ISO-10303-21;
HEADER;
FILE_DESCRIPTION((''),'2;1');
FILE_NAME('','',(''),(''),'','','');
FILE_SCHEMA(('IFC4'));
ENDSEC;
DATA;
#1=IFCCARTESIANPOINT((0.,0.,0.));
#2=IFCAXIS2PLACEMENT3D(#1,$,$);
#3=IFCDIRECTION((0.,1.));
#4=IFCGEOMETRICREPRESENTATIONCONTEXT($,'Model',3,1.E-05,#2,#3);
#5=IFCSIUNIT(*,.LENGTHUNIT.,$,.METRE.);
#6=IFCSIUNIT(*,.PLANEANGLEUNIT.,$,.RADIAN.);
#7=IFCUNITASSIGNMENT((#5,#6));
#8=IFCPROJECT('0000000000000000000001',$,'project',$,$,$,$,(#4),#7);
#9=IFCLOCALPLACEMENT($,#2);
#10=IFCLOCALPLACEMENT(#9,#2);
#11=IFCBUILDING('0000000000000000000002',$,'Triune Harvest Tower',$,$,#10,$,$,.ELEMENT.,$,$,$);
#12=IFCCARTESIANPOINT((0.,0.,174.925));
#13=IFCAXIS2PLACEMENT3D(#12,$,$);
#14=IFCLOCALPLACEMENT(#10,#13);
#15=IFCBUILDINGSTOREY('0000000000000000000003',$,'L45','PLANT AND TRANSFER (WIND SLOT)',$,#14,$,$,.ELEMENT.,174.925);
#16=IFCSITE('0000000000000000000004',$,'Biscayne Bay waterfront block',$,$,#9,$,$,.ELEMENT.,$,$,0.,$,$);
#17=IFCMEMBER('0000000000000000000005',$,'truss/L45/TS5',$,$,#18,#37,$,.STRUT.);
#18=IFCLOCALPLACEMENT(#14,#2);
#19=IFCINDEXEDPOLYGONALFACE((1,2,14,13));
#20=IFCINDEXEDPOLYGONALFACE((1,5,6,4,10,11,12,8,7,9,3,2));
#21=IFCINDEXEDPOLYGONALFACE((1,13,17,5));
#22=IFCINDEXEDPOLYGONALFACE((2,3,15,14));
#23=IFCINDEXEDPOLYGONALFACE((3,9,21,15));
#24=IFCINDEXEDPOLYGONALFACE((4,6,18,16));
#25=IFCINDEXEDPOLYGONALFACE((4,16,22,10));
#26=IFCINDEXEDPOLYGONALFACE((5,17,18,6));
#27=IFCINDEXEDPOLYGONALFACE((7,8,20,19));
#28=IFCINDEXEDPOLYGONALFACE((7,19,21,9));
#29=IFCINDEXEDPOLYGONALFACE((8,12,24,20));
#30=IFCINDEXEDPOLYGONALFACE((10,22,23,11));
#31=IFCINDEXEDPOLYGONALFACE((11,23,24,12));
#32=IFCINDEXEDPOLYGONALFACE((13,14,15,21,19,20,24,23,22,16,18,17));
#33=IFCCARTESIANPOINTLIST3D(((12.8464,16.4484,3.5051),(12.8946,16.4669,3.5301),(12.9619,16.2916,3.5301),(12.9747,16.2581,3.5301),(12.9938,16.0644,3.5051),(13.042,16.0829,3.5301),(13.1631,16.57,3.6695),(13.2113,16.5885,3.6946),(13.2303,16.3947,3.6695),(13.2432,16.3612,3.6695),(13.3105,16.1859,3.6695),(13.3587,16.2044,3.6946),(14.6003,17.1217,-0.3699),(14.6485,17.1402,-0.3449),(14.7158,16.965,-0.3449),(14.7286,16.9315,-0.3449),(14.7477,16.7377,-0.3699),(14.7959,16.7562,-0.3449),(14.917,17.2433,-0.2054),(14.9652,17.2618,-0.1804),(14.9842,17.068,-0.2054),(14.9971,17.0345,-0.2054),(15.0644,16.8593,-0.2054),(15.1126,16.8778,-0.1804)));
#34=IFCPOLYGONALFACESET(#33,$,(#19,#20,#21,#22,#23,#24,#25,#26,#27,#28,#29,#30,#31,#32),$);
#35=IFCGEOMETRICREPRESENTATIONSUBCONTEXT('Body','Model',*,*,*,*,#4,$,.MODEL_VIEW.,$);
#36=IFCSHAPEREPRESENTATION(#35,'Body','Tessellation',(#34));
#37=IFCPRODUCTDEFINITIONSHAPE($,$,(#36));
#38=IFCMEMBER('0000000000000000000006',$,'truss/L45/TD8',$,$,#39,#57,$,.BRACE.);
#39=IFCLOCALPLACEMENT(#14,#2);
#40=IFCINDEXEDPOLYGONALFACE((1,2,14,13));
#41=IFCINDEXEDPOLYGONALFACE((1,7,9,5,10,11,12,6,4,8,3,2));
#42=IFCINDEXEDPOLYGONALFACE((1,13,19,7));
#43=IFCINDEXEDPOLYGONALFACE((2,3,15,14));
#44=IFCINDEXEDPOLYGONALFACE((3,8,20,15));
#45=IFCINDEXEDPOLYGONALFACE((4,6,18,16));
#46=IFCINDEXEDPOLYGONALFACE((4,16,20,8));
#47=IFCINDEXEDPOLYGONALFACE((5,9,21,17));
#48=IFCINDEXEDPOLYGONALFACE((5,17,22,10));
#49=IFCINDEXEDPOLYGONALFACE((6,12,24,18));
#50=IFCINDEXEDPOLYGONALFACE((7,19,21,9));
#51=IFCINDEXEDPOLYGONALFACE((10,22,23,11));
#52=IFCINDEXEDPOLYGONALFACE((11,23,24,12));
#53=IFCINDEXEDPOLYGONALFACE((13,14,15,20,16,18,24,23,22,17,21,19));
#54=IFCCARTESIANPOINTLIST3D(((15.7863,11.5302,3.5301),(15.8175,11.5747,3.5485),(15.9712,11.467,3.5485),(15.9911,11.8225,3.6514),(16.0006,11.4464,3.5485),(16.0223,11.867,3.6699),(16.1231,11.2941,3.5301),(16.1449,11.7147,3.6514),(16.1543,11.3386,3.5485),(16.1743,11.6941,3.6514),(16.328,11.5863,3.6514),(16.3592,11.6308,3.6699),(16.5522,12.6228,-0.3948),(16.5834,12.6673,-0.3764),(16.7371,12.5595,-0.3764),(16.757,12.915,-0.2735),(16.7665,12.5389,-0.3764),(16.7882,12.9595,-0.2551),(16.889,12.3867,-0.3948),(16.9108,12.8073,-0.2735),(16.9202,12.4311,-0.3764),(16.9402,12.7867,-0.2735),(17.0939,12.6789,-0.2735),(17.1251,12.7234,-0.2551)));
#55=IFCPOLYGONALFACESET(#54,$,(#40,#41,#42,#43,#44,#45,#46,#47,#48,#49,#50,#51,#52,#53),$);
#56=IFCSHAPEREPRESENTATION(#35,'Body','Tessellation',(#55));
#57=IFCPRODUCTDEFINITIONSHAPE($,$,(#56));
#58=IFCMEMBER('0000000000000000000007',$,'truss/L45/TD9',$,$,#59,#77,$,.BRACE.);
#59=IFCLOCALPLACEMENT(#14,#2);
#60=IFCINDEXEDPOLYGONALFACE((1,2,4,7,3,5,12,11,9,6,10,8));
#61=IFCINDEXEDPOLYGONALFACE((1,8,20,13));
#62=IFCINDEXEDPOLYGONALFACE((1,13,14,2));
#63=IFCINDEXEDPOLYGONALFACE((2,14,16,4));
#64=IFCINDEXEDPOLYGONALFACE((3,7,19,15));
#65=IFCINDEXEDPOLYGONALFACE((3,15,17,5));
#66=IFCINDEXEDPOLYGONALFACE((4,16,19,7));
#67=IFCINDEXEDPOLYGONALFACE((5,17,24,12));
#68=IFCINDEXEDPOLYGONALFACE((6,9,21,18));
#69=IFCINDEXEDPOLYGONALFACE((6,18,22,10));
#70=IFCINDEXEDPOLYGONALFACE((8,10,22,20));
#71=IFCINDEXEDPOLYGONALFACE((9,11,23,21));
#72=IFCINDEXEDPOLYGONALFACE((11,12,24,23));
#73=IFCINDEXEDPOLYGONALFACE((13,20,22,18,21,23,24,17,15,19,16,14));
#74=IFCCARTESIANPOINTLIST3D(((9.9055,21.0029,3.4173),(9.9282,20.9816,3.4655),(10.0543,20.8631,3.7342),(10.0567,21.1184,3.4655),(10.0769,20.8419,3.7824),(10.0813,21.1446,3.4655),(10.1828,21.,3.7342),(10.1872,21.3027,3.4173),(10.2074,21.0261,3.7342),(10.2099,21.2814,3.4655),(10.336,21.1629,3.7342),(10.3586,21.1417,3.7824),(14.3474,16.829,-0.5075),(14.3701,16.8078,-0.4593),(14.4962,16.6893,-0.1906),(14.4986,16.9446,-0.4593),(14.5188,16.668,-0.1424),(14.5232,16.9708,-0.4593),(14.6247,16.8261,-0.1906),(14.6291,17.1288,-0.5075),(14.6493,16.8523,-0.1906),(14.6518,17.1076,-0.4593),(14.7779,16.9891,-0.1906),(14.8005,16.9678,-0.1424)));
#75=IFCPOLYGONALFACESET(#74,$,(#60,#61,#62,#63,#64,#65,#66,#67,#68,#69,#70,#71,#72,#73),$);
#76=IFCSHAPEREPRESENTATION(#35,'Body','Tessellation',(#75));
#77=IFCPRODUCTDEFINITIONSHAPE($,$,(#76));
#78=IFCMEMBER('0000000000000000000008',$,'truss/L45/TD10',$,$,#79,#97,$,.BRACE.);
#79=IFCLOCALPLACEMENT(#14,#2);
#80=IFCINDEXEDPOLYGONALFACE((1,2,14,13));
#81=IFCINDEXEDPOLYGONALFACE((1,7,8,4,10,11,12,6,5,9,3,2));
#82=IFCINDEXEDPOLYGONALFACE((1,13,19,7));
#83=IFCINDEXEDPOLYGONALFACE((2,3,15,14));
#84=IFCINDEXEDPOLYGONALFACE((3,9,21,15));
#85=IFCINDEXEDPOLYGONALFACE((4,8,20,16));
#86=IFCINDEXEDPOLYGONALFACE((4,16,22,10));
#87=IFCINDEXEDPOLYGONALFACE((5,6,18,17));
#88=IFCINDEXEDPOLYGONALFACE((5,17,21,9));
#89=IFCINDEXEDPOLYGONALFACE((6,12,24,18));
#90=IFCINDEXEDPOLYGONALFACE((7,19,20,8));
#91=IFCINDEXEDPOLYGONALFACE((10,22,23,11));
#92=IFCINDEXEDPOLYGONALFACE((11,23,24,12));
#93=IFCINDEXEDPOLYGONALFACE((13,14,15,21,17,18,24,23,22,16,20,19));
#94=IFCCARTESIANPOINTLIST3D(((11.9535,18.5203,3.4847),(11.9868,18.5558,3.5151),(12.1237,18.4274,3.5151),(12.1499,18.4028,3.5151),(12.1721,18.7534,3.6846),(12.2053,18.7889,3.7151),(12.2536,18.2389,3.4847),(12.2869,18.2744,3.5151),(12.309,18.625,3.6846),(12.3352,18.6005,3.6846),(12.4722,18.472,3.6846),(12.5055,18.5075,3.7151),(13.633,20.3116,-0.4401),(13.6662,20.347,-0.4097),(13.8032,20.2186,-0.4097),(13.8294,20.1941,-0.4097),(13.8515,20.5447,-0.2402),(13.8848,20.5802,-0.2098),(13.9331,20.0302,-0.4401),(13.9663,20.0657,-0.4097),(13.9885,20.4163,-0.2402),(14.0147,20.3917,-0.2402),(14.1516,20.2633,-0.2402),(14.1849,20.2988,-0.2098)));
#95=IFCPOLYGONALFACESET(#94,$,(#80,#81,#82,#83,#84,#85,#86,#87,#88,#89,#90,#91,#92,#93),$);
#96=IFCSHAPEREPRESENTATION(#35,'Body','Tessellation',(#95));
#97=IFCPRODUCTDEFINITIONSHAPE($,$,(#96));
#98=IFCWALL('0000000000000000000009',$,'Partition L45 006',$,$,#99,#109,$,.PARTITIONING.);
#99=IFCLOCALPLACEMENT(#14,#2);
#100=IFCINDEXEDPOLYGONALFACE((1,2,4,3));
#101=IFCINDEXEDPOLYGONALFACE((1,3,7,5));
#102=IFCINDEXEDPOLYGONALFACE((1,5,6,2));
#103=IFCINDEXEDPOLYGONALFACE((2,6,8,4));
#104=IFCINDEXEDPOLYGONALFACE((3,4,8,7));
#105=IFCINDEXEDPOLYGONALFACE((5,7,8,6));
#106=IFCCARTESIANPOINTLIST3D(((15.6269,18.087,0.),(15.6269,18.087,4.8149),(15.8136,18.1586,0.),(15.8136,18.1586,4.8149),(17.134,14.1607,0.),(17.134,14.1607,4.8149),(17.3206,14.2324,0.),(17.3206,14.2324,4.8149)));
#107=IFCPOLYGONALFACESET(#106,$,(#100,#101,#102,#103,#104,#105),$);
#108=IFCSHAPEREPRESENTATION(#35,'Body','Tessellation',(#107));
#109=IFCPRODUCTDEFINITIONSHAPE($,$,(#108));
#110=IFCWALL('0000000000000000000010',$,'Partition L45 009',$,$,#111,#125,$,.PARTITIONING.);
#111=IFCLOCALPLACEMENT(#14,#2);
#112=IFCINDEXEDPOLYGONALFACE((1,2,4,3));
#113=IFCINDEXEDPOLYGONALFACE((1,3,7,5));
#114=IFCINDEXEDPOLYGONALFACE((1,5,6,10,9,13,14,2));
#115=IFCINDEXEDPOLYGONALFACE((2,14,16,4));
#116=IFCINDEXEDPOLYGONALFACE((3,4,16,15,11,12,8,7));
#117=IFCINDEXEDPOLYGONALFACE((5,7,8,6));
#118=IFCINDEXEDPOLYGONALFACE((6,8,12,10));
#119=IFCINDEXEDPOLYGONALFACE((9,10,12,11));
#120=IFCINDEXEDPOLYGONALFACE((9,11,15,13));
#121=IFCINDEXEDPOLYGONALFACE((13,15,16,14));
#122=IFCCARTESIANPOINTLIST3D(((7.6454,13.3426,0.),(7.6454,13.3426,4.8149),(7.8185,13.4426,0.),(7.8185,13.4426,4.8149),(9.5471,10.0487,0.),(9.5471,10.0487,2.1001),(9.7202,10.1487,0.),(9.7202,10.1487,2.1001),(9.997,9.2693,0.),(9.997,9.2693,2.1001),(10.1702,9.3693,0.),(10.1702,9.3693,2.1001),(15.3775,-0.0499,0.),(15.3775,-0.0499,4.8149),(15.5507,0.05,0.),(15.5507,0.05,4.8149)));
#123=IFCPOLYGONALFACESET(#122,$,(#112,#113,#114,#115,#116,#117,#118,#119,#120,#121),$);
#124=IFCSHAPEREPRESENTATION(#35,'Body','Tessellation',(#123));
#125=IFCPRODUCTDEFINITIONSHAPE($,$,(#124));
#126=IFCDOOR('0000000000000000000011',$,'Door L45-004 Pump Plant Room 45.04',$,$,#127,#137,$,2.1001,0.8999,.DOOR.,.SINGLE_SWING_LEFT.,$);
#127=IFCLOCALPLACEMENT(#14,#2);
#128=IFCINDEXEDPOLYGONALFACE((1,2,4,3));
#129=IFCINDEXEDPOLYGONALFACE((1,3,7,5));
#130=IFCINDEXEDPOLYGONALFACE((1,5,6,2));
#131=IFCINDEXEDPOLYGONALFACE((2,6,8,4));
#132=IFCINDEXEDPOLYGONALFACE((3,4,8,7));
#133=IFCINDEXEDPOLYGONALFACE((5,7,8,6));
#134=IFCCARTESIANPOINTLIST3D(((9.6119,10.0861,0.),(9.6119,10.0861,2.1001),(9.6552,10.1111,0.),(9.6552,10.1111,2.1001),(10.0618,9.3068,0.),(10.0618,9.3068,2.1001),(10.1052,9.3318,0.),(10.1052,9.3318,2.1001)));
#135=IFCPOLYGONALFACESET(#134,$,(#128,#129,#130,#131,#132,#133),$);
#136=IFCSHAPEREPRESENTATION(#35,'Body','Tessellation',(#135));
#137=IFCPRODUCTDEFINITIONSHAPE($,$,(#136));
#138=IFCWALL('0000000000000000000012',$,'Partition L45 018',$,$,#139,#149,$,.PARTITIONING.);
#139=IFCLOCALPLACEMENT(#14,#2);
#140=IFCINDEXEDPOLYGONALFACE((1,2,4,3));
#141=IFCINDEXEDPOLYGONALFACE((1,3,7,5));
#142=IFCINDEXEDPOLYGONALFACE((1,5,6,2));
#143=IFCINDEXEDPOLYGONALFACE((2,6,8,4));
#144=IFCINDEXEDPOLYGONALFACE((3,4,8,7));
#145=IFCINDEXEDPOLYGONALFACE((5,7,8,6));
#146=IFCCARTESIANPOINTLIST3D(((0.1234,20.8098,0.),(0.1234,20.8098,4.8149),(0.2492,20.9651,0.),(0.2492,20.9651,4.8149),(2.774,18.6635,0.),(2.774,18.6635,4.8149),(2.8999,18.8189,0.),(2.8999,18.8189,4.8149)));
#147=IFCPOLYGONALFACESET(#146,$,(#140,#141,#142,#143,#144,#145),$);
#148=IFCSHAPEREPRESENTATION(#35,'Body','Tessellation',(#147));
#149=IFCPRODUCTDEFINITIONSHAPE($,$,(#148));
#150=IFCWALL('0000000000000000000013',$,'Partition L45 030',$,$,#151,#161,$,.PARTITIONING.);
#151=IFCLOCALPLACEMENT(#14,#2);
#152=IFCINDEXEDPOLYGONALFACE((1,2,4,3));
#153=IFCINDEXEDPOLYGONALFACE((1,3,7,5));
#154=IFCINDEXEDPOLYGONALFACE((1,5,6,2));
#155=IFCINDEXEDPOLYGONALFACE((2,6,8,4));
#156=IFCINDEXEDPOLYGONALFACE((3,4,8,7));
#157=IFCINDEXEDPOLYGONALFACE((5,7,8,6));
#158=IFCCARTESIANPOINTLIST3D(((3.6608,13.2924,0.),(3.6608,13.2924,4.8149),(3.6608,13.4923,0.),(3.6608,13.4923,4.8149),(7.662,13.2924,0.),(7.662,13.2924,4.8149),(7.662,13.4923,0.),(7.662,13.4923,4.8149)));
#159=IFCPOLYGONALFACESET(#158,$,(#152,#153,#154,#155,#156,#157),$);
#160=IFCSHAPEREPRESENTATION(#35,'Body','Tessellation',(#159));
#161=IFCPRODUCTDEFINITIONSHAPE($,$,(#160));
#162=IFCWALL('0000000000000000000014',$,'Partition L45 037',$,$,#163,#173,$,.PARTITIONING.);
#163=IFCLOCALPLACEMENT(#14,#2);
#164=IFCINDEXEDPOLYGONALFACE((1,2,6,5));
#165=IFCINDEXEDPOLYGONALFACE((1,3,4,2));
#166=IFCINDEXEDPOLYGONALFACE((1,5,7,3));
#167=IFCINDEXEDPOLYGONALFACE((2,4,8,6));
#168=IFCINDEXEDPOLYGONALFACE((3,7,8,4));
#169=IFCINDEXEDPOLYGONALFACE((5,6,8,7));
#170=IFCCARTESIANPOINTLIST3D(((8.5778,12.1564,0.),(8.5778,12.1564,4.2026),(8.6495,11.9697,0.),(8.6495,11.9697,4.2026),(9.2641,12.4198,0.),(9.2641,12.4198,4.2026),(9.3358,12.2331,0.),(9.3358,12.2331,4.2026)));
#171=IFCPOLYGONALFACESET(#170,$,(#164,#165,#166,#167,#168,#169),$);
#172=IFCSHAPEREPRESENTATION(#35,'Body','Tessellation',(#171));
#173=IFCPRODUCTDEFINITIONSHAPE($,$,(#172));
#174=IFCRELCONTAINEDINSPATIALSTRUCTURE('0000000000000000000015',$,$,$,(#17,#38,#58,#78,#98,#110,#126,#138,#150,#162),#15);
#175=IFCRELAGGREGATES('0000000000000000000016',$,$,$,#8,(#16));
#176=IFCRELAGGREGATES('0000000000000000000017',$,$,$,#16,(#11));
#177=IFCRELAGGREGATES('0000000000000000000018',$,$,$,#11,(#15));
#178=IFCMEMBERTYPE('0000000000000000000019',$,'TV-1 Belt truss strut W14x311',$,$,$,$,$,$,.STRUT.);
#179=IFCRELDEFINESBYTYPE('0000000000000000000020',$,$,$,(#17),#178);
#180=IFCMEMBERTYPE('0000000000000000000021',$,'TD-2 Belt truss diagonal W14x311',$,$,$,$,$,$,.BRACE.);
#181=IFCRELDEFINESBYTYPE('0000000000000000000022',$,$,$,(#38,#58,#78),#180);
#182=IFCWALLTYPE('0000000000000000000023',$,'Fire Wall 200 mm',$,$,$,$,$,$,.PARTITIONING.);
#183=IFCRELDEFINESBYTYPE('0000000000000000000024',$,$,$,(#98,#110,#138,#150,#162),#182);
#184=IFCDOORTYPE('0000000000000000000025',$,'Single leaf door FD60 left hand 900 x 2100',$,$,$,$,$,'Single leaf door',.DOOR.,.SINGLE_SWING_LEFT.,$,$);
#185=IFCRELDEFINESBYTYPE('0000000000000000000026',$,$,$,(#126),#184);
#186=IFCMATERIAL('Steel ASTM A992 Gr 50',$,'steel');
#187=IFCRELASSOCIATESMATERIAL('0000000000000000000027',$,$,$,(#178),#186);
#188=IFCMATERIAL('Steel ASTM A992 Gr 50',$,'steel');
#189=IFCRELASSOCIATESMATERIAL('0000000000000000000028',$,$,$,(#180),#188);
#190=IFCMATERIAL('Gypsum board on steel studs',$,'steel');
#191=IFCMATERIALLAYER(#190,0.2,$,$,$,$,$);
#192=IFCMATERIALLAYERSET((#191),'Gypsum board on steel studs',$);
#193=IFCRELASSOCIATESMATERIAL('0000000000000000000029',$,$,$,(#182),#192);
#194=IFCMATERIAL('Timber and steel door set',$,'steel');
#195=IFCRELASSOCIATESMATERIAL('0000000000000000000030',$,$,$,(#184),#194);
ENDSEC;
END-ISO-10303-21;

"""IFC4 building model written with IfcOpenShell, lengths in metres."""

from ifc_helpers import new_model, si_unit, direction, frame, frame_2d, origin, origin_2d, place, context, subcontext, project, spatial, rectangle, i_section, extrude, source, transform, mapped, material, layer, layer_set, material_profile, profile_set, type_object, element, fill, save


model = new_model("IFC4")

# Units and contexts
model_context = context("Model", 3, precision=1e-05, world=origin(), true_north=direction((0.0, 1.0)))
body_context = subcontext(model_context, "Body", "Model", "MODEL_VIEW")
ifc_project = project(units=[si_unit("LENGTHUNIT", "METRE"), si_unit("PLANEANGLEUNIT", "RADIAN")], contexts=[model_context])

# Site, building, storey
site_placement = place(None, origin())
site = spatial("IfcSite", under=ifc_project, at=site_placement, Name="Biscayne Bay waterfront block", CompositionType="ELEMENT", RefElevation=0.0)
building_placement = place(site_placement, origin())
building = spatial("IfcBuilding", under=site, at=building_placement, Name="Triune Harvest Tower", CompositionType="ELEMENT")
storey_placement = place(building_placement, frame((0.0, 0.0, 174.925)))
storey = spatial("IfcBuildingStorey", under=building, at=storey_placement, Name="L45", Description="PLANT AND TRANSFER (WIND SLOT)", CompositionType="ELEMENT", Elevation=174.925)

# Members
ifc_material_1 = material(Name="Steel ASTM A992 Gr 50", Category="steel")
ifc_material_profile_1 = material_profile(ifc_material_1, i_section(OverallWidth=0.4114, OverallDepth=0.4343, WebThickness=0.0359, FlangeThickness=0.0574, at=origin_2d()), Name="W14x311")
ifc_profile_set_1 = profile_set([ifc_material_profile_1], Name="Steel ASTM A992 Gr 50")
member_type_1 = type_object("IfcMemberType", Name="TV-1 Belt truss strut W14x311", PredefinedType="STRUT", material=ifc_profile_set_1)
shared_shape_1 = source(origin(), body_context, "Body", "SweptSolid", [
    extrude(i_section(OverallWidth=0.4114, OverallDepth=0.4343, WebThickness=0.0359, FlangeThickness=0.0574, at=origin_2d()), origin(), (0.0, 0.0, 1.0), 4.3064),
])
member_1_placement = place(storey_placement, frame((14.8564, 16.9998, -0.2751), z_axis=(-0.407278, -0.156357, 0.899821), x_axis=(0.358404, -0.933566, 0.0)))
element("IfcMember", 1, at=member_1_placement, inside=storey, type_object=member_type_1, Name="truss/L45/TS5", PredefinedType="STRUT", context=body_context, shape_type="MappedRepresentation", body=[
    mapped(shared_shape_1, transform((0.0, 0.0, 0.0), scale=1.0)),
])
ifc_material_2 = material(Name="Steel ASTM A992 Gr 50", Category="steel")
ifc_material_profile_2 = material_profile(ifc_material_2, i_section(OverallWidth=0.4114, OverallDepth=0.4343, WebThickness=0.0359, FlangeThickness=0.0574, at=origin_2d()), Name="W14x311")
ifc_profile_set_2 = profile_set([ifc_material_profile_2], Name="Steel ASTM A992 Gr 50")
member_type_2 = type_object("IfcMemberType", Name="TD-2 Belt truss diagonal W14x311", PredefinedType="BRACE", material=ifc_profile_set_2)
shared_shape_2 = source(origin(), body_context, "Body", "SweptSolid", [
    extrude(i_section(OverallWidth=0.4114, OverallDepth=0.4343, WebThickness=0.0359, FlangeThickness=0.0574, at=origin_2d()), origin(), (0.0, 0.0, 1.0), 4.1455),
])
member_2_placement = place(storey_placement, frame((16.8386, 12.6731, -0.325), z_axis=(-0.184752, -0.263553, 0.946788), x_axis=(0.818845, -0.574015, 0.0)))
element("IfcMember", 2, at=member_2_placement, inside=storey, type_object=member_type_2, Name="truss/L45/TD8", PredefinedType="BRACE", context=body_context, shape_type="MappedRepresentation", body=[
    mapped(shared_shape_2, transform((0.0, 0.0, 0.0), scale=1.0)),
])
shared_shape_3 = source(origin(), body_context, "Body", "SweptSolid", [
    extrude(i_section(OverallWidth=0.4114, OverallDepth=0.4343, WebThickness=0.0359, FlangeThickness=0.0574, at=origin_2d()), origin(), (0.0, 0.0, 1.0), 7.2495),
])
member_3_placement = place(storey_placement, frame((14.574, 16.8984, -0.325), z_axis=(-0.612717, 0.57574, 0.541389), x_axis=(-0.684775, -0.728755, 0.0)))
element("IfcMember", 3, at=member_3_placement, inside=storey, type_object=member_type_2, Name="truss/L45/TD9", PredefinedType="BRACE", context=body_context, shape_type="MappedRepresentation", body=[
    mapped(shared_shape_3, transform((0.0, 0.0, 0.0), scale=1.0)),
])
shared_shape_4 = source(origin(), body_context, "Body", "SweptSolid", [
    extrude(i_section(OverallWidth=0.4114, OverallDepth=0.4343, WebThickness=0.0359, FlangeThickness=0.0574, at=origin_2d()), origin(), (0.0, 0.0, 1.0), 4.6296),
])
member_4_placement = place(storey_placement, frame((13.9089, 20.3052, -0.325), z_axis=(-0.362762, -0.386914, 0.847763), x_axis=(0.729509, -0.683971, 0.0)))
element("IfcMember", 4, at=member_4_placement, inside=storey, type_object=member_type_2, Name="truss/L45/TD10", PredefinedType="BRACE", context=body_context, shape_type="MappedRepresentation", body=[
    mapped(shared_shape_4, transform((0.0, 0.0, 0.0), scale=1.0)),
])

# Wall
ifc_material_3 = material(Name="Gypsum board on steel studs", Category="steel")
ifc_layer = layer(ifc_material_3, 0.2)
ifc_layer_set = layer_set([ifc_layer], Name="Gypsum board on steel studs")
wall_type = type_object("IfcWallType", Name="Fire Wall 200 mm", PredefinedType="PARTITIONING", material=ifc_layer_set)
wall_1_placement = place(storey_placement, frame((15.7202, 18.1228, 0.0), z_axis=(0.0, 0.0, 1.0), x_axis=(0.358353, -0.933586, 0.0)))
element("IfcWall", 5, at=wall_1_placement, inside=storey, type_object=wall_type, Name="Partition L45 006", PredefinedType="PARTITIONING", context=body_context, shape_type="SweptSolid", body=[
    extrude(rectangle(XDim=4.2056, YDim=0.2, at=frame_2d((2.1028, 0.0))), origin(), (0.0, 0.0, 1.0), 4.8149),
])

# Wall, opening, door
wall_2_placement = place(storey_placement, frame((7.7319, 13.3926, 0.0), z_axis=(0.0, 0.0, 1.0), x_axis=(0.499999, -0.866026, 0.0)))
wall_2 = element("IfcWall", 6, at=wall_2_placement, inside=storey, type_object=wall_type, Name="Partition L45 009", PredefinedType="PARTITIONING", context=body_context, shape_type="SweptSolid", body=[
    extrude(rectangle(XDim=15.4644, YDim=0.2, at=frame_2d((7.7322, 0.0))), origin(), (0.0, 0.0, 1.0), 4.8149),
])
opening_1_placement = place(wall_2_placement, frame((3.8035, 0.0, 0.0)))
opening_1 = element("IfcOpeningElement", 7, at=opening_1_placement, cuts=wall_2, PredefinedType="OPENING", context=body_context, shape_type="SweptSolid", body=[
    extrude(rectangle(XDim=0.8999, YDim=2.1001, at=frame_2d((0.45, 1.05))), frame((0.0, 0.1099, 0.0), z_axis=(0.0, -1.0, 0.0), x_axis=(1.0, 0.0, 0.0)), (0.0, 0.0, 1.0), 0.22),
])
ifc_material_4 = material(Name="Timber and steel door set", Category="steel")
door_type_1 = type_object("IfcDoorType", Name="Single leaf door FD60 left hand 900 x 2100", ElementType="Single leaf door", OperationType="SINGLE_SWING_LEFT", PredefinedType="DOOR", material=ifc_material_4)
door_1_placement = place(opening_1_placement, origin())
door_1 = element("IfcDoor", 8, at=door_1_placement, inside=storey, type_object=door_type_1, Name="Door L45-004 Pump Plant Room 45.04", OperationType="SINGLE_SWING_LEFT", OverallHeight=2.1001, OverallWidth=0.8999, PredefinedType="DOOR", context=body_context, shape_type="SweptSolid", body=[
    extrude(rectangle(XDim=0.8999, YDim=2.1001, at=frame_2d((0.45, 1.05))), frame((0.0, 0.0249, 0.0), z_axis=(0.0, -1.0, 0.0), x_axis=(1.0, 0.0, 0.0)), (0.0, 0.0, 1.0), 0.05),
])
fill(opening_1, door_1)

# Walls
wall_3_placement = place(storey_placement, frame((0.1863, 20.8875, 0.0), z_axis=(0.0, 0.0, 1.0), x_axis=(0.777175, -0.629285, 0.0)))
element("IfcWall", 9, at=wall_3_placement, inside=storey, type_object=wall_type, Name="Partition L45 018", PredefinedType="PARTITIONING", context=body_context, shape_type="SweptSolid", body=[
    extrude(rectangle(XDim=3.4106, YDim=0.2, at=frame_2d((1.7053, 0.0))), origin(), (0.0, 0.0, 1.0), 4.8149),
])
wall_4_placement = place(storey_placement, frame((3.6609, 13.3923, 0.0), z_axis=(0.0, 0.0, 1.0), x_axis=(1.0, 0.0, 0.0)))
element("IfcWall", 10, at=wall_4_placement, inside=storey, type_object=wall_type, Name="Partition L45 030", PredefinedType="PARTITIONING", context=body_context, shape_type="SweptSolid", body=[
    extrude(rectangle(XDim=4.0012, YDim=0.2, at=frame_2d((2.0005, 0.0))), origin(), (0.0, 0.0, 1.0), 4.8149),
])
wall_5_placement = place(storey_placement, frame((8.6135, 12.063, 0.0), z_axis=(0.0, 0.0, 1.0), x_axis=(0.933585, 0.358356, 0.0)))
element("IfcWall", 11, at=wall_5_placement, inside=storey, type_object=wall_type, Name="Partition L45 037", PredefinedType="PARTITIONING", context=body_context, shape_type="SweptSolid", body=[
    extrude(rectangle(XDim=0.7351, YDim=0.2, at=frame_2d((0.3677, 0.0))), origin(), (0.0, 0.0, 1.0), 4.2026),
])

save(model, "model.ifc")
